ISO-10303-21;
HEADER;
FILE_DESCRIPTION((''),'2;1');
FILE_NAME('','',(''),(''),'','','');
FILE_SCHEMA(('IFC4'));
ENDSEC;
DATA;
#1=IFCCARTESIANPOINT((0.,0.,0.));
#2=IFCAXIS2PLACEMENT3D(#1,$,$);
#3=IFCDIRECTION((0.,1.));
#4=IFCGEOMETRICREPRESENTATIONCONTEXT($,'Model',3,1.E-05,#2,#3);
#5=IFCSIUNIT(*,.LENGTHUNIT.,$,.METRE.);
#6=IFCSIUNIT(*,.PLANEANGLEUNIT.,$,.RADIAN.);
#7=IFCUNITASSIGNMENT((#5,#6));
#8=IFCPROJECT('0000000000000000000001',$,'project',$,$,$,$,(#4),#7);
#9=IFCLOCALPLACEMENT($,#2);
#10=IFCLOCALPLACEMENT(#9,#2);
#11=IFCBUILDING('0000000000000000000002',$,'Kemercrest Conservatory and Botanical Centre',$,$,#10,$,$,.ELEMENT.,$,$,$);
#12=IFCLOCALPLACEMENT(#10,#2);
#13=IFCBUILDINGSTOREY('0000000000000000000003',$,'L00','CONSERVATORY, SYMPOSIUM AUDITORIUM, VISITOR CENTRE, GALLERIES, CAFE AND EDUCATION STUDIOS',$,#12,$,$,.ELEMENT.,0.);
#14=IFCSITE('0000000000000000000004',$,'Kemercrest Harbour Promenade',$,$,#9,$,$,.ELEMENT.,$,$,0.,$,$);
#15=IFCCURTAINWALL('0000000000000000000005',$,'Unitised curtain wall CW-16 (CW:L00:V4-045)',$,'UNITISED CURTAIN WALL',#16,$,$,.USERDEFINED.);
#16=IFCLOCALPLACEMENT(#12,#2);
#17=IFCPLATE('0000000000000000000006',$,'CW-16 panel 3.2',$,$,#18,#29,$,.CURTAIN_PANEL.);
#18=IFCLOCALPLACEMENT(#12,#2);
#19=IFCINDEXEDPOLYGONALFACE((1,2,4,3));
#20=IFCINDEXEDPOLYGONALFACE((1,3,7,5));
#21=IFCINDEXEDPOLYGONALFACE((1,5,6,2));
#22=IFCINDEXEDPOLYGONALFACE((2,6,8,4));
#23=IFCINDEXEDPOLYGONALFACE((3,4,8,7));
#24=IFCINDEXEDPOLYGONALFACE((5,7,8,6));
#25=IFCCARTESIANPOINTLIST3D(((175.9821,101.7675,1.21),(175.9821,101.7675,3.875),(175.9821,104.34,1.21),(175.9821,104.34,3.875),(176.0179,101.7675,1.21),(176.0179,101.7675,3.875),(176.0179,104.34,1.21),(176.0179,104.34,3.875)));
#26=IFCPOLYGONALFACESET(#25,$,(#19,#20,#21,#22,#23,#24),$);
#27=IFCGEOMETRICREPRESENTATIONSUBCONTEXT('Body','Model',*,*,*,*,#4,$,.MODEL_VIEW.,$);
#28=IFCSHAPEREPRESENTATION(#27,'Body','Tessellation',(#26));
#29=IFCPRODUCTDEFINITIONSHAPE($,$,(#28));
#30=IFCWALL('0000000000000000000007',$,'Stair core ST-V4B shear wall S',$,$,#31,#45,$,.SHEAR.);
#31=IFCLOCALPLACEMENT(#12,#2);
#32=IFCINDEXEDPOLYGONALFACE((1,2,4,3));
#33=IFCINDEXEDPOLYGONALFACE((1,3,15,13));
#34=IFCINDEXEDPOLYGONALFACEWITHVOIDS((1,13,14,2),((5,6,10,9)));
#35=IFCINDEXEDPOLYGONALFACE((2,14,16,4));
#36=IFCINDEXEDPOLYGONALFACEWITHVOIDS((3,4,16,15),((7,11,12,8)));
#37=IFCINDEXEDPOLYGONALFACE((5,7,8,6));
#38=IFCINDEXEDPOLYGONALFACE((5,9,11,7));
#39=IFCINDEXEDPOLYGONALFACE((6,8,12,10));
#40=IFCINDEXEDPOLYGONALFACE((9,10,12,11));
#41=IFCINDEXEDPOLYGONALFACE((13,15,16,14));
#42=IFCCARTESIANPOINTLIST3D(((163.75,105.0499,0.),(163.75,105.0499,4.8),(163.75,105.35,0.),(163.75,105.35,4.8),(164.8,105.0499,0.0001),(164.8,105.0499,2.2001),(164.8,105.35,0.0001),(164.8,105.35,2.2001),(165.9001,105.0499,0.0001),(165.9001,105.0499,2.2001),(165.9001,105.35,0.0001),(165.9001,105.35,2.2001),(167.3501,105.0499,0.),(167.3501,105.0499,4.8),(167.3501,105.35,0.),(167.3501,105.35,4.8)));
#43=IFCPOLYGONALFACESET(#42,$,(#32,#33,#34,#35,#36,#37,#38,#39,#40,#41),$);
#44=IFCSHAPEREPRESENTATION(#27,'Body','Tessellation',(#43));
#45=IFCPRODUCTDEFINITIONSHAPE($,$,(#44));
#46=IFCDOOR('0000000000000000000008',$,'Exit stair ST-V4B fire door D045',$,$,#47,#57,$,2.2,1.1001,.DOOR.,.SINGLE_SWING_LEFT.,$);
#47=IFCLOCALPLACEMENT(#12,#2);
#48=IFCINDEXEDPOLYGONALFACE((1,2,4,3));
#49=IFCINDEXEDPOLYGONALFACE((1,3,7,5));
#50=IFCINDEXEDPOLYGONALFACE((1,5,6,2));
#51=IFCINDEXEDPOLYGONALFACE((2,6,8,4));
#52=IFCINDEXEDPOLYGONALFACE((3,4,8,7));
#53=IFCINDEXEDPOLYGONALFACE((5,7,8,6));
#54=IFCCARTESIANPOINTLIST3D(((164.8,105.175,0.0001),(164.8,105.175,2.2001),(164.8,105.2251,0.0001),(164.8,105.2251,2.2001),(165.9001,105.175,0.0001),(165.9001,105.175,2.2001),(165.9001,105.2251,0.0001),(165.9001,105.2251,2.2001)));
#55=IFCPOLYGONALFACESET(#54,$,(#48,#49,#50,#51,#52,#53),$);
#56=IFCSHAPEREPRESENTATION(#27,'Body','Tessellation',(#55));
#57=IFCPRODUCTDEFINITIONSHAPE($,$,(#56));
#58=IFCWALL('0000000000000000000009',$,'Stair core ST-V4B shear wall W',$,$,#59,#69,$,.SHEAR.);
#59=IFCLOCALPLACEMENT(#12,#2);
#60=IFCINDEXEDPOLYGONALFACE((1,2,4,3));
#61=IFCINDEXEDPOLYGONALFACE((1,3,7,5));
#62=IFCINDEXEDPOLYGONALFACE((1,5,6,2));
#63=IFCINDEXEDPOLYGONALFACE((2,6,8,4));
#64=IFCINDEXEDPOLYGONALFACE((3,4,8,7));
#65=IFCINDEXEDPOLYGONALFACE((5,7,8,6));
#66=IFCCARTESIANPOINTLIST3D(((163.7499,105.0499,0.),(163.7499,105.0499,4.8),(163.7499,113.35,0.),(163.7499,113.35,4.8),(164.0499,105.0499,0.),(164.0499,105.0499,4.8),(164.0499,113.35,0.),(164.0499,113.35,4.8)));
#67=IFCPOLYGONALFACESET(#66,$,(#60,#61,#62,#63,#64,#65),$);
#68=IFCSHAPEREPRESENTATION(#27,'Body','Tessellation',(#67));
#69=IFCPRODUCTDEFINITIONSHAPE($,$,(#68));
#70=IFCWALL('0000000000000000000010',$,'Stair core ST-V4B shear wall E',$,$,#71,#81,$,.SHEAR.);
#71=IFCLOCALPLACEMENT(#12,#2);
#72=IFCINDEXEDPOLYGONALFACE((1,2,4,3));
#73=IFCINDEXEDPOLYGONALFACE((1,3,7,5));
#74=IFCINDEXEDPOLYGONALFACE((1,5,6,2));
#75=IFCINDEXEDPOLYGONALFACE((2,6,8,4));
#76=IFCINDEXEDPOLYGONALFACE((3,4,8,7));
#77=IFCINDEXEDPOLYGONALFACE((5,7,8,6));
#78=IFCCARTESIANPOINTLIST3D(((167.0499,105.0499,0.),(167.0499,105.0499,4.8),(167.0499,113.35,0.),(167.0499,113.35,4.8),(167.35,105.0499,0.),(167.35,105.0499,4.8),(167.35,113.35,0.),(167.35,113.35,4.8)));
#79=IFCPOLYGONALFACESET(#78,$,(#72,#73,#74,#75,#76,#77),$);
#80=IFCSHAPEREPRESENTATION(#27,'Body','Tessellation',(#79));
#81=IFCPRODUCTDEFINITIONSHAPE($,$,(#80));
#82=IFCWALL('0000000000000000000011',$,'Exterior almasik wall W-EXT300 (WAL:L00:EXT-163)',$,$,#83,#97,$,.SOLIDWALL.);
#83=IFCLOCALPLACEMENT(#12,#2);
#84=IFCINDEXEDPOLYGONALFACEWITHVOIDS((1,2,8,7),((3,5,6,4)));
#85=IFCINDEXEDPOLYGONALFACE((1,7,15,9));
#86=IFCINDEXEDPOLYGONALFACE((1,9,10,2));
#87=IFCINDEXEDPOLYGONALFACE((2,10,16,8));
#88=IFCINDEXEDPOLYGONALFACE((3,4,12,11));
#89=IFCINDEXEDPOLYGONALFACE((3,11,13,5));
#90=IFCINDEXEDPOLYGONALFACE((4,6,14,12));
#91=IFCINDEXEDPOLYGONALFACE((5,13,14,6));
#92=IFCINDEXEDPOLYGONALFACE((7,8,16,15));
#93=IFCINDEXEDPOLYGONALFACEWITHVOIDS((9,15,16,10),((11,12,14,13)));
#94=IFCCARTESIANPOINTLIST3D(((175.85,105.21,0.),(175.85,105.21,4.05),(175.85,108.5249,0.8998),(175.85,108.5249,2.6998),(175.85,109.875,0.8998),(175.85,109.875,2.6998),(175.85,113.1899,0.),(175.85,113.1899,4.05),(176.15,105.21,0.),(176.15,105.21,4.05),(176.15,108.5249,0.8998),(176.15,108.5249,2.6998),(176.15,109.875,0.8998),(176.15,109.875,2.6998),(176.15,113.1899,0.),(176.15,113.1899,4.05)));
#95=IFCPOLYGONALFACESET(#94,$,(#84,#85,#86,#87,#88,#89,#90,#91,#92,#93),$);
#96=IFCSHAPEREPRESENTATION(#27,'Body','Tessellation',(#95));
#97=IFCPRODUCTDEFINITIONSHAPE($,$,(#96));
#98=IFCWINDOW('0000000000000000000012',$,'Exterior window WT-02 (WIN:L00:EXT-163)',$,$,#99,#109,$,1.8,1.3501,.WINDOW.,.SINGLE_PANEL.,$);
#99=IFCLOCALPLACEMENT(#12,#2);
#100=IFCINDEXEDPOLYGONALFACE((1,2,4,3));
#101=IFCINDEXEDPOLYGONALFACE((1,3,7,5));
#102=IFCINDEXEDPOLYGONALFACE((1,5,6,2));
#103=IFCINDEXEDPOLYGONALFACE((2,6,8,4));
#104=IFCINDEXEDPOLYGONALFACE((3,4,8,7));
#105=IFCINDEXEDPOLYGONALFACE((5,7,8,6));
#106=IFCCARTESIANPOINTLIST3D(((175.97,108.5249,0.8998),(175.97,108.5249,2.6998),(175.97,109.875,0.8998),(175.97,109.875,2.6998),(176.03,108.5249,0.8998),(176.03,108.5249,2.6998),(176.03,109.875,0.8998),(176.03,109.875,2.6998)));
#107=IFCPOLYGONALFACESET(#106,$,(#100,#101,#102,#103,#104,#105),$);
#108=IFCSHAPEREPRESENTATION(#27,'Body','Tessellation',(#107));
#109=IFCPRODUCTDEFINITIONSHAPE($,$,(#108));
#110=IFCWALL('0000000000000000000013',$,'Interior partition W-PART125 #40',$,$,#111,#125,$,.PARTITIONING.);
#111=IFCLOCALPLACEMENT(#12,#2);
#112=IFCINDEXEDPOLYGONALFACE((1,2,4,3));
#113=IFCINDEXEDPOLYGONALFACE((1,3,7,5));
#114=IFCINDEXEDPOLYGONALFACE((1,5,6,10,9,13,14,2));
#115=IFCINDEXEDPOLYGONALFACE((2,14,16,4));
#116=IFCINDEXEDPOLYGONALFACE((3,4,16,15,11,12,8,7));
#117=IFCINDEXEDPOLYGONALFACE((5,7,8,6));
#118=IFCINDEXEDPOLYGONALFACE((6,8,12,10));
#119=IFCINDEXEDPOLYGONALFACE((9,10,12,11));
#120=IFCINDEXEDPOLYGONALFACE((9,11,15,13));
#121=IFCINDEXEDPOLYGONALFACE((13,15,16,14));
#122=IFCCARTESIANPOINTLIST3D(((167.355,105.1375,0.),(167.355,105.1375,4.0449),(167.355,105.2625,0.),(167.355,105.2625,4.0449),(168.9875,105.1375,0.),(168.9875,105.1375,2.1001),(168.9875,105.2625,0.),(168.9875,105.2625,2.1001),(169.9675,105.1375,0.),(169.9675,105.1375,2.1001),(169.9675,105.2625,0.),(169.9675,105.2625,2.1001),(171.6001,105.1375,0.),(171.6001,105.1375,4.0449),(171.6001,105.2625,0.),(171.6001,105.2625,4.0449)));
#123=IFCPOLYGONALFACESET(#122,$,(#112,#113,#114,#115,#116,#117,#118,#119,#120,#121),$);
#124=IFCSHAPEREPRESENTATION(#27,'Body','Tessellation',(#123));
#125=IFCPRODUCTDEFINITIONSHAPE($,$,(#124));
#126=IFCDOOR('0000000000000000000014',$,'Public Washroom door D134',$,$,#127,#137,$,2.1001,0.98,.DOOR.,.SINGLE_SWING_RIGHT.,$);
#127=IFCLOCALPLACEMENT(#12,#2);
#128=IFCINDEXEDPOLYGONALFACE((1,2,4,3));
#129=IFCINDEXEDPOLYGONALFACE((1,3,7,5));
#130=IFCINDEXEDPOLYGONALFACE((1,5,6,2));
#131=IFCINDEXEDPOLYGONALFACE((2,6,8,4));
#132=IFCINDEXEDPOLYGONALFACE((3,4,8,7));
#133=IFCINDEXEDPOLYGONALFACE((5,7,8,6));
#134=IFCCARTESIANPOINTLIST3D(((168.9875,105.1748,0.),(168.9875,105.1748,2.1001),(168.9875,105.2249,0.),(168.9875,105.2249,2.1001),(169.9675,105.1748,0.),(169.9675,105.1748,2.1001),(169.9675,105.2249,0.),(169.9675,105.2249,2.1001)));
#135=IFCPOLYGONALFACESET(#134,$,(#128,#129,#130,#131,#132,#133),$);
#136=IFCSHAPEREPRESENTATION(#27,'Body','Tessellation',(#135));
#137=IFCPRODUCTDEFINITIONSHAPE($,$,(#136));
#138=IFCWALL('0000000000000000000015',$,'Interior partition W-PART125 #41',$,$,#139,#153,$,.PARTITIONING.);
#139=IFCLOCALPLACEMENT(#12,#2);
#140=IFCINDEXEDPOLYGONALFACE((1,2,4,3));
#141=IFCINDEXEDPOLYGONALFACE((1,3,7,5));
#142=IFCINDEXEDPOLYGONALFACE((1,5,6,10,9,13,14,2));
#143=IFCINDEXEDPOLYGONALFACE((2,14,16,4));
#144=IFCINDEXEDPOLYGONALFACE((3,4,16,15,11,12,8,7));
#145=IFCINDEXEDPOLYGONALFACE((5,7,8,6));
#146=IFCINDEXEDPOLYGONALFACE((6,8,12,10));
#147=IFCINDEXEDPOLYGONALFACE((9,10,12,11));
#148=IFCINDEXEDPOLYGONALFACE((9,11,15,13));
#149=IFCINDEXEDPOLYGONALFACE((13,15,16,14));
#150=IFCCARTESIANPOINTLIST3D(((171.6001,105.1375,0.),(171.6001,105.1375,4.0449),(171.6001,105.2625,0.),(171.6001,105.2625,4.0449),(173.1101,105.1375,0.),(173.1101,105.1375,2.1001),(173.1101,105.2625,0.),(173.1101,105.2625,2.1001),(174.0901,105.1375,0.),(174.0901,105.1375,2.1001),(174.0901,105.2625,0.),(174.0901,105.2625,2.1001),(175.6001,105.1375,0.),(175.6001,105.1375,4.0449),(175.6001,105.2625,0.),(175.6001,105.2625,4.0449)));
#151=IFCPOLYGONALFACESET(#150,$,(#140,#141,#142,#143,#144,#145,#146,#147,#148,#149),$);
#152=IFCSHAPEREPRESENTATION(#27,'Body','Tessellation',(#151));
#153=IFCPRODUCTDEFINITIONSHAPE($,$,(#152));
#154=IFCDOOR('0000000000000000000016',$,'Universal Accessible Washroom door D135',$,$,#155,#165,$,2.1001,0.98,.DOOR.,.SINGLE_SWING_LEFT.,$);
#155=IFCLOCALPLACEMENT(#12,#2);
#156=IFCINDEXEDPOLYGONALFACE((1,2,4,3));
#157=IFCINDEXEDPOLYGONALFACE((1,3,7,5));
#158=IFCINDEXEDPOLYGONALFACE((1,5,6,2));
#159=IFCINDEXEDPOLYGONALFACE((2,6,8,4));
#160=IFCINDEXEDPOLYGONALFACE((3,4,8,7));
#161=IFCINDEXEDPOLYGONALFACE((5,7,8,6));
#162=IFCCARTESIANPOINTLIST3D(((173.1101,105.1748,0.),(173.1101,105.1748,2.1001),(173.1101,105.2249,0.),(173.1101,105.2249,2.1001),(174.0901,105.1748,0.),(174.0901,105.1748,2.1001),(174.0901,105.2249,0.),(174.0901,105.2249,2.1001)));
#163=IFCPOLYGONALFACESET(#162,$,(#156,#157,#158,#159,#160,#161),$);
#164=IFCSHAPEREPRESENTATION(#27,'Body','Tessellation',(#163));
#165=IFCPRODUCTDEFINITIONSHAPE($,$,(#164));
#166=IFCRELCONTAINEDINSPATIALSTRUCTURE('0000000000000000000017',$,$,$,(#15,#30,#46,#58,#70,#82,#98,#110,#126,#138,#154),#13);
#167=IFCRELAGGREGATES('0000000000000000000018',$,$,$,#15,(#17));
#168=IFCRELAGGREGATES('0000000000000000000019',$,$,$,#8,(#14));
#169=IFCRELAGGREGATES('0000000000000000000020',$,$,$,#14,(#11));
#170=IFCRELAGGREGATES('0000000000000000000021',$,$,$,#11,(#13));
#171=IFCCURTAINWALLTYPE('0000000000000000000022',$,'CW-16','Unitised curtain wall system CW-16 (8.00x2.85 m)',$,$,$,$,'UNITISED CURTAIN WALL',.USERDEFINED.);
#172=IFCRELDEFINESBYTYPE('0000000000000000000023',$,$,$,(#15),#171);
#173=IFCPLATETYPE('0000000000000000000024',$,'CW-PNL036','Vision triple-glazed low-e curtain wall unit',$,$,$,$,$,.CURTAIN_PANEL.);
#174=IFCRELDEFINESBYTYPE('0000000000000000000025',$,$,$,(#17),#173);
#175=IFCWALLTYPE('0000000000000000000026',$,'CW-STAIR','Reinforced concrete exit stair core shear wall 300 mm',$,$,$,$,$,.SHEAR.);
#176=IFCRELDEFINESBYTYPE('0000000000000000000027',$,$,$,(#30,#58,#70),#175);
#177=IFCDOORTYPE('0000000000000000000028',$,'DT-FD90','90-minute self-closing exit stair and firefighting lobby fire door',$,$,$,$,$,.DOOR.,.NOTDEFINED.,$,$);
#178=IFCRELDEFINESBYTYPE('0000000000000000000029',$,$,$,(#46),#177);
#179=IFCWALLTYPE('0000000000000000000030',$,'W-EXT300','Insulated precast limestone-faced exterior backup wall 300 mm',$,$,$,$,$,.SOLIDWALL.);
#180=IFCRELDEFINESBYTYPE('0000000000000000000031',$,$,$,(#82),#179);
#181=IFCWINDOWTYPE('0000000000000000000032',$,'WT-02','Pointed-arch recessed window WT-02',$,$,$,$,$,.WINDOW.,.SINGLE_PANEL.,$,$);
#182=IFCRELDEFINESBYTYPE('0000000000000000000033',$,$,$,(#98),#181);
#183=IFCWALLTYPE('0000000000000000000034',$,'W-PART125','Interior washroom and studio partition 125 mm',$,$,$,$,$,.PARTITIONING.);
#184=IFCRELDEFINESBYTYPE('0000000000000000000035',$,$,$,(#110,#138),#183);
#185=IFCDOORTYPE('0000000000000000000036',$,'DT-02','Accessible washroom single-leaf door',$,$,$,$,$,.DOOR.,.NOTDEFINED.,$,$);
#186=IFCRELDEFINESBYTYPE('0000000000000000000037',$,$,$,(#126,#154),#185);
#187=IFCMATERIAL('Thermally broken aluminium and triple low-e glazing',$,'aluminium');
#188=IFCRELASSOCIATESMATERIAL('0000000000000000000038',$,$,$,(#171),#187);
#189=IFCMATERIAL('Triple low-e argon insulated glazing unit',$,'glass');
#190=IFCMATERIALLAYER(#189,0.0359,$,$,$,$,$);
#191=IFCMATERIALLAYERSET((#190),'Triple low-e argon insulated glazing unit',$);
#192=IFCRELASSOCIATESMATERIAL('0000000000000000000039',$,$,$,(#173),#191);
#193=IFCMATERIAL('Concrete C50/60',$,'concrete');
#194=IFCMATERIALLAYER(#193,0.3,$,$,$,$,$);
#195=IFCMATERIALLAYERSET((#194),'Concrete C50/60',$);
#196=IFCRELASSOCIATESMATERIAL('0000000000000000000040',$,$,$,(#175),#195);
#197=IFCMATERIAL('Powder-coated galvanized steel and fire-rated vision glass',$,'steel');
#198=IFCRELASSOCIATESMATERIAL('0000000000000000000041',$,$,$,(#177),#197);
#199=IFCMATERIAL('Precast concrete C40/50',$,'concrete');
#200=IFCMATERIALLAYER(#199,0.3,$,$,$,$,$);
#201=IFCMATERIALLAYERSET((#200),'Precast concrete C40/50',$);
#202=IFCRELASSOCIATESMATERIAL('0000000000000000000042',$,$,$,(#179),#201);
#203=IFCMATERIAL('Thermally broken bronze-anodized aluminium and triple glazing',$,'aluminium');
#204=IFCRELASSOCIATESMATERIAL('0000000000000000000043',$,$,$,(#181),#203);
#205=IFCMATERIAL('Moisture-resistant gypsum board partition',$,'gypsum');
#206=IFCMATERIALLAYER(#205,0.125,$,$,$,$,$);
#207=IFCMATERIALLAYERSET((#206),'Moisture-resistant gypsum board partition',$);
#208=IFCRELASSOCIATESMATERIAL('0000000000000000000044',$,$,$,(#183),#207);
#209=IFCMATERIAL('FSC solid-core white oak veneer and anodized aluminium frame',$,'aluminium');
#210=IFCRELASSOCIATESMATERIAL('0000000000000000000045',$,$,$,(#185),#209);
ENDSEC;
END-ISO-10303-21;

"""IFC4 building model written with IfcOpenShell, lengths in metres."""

from ifc_helpers import new_model, si_unit, direction, frame, frame_2d, origin, origin_2d, place, context, subcontext, project, spatial, rectangle, extrude, material, layer, layer_set, type_object, element, fill, aggregate, save


model = new_model("IFC4")

# Units and contexts
model_context = context("Model", 3, precision=1e-05, world=origin(), true_north=direction((0.0, 1.0)))
body_context = subcontext(model_context, "Body", "Model", "MODEL_VIEW")
ifc_project = project(units=[si_unit("LENGTHUNIT", "METRE"), si_unit("PLANEANGLEUNIT", "RADIAN")], contexts=[model_context])

# Site, building, storey
site_placement = place(None, origin())
site = spatial("IfcSite", under=ifc_project, at=site_placement, Name="Kemercrest Harbour Promenade", CompositionType="ELEMENT", RefElevation=0.0)
building_placement = place(site_placement, origin())
building = spatial("IfcBuilding", under=site, at=building_placement, Name="Kemercrest Conservatory and Botanical Centre", CompositionType="ELEMENT")
storey_placement = place(building_placement, origin())
storey = spatial("IfcBuildingStorey", under=building, at=storey_placement, Name="L00", Description="CONSERVATORY, SYMPOSIUM AUDITORIUM, VISITOR CENTRE, GALLERIES, CAFE AND EDUCATION STUDIOS", CompositionType="ELEMENT", Elevation=0.0)

# Shared definitions
ifc_material_1 = material(Name="Concrete C50/60", Category="concrete")

# Curtain wall
ifc_material_2 = material(Name="Thermally broken aluminium and triple low-e glazing", Category="aluminium")
curtain_wall_type = type_object("IfcCurtainWallType", Name="CW-16", Description="Unitised curtain wall system CW-16 (8.00x2.85 m)", ElementType="UNITISED CURTAIN WALL", PredefinedType="USERDEFINED", material=ifc_material_2)
curtain_wall_placement = place(storey_placement, origin())
curtain_wall = element("IfcCurtainWall", 1, at=curtain_wall_placement, inside=storey, type_object=curtain_wall_type, Name="Unitised curtain wall CW-16 (CW:L00:V4-045)", ObjectType="UNITISED CURTAIN WALL", PredefinedType="USERDEFINED")

# Shared definitions
ifc_material_3 = material(Name="Precast concrete C40/50", Category="concrete")

# Plate
ifc_material_4 = material(Name="Triple low-e argon insulated glazing unit", Category="glass")
ifc_layer_1 = layer(ifc_material_4, 0.0359)
ifc_layer_set_1 = layer_set([ifc_layer_1], Name="Triple low-e argon insulated glazing unit")
plate_type = type_object("IfcPlateType", Name="CW-PNL036", Description="Vision triple-glazed low-e curtain wall unit", PredefinedType="CURTAIN_PANEL", material=ifc_layer_set_1)
plate_1_placement = place(storey_placement, frame((176.0, 103.0537, 1.21), z_axis=(0.0, 0.0, 1.0), x_axis=(0.0, 1.0, 0.0)))
plate_1 = element("IfcPlate", 2, at=plate_1_placement, type_object=plate_type, Name="CW-16 panel 3.2", PredefinedType="CURTAIN_PANEL", context=body_context, shape_type="SweptSolid", body=[
    extrude(rectangle(XDim=2.5725, YDim=0.0359, at=origin_2d()), origin(), (0.0, 0.0, 1.0), 2.665),
])
aggregate(curtain_wall, [plate_1])

# Wall, opening, door
ifc_layer_2 = layer(ifc_material_1, 0.3)
ifc_layer_set_2 = layer_set([ifc_layer_2], Name="Concrete C50/60")
wall_type_1 = type_object("IfcWallType", Name="CW-STAIR", Description="Reinforced concrete exit stair core shear wall 300 mm", PredefinedType="SHEAR", material=ifc_layer_set_2)
wall_1_placement = place(storey_placement, frame((163.75, 105.2, 0.0), z_axis=(0.0, 0.0, 1.0), x_axis=(1.0, 0.0, 0.0)))
wall_1 = element("IfcWall", 3, at=wall_1_placement, inside=storey, type_object=wall_type_1, Name="Stair core ST-V4B shear wall S", PredefinedType="SHEAR", context=body_context, shape_type="SweptSolid", body=[
    extrude(rectangle(XDim=3.6001, YDim=0.3, at=frame_2d((1.8, 0.0))), origin(), (0.0, 0.0, 1.0), 4.8),
])
opening_1_placement = place(wall_1_placement, frame((1.05, 0.0, 0.0)))
opening_1 = element("IfcOpeningElement", 4, at=opening_1_placement, cuts=wall_1, PredefinedType="OPENING", context=body_context, shape_type="SweptSolid", body=[
    extrude(rectangle(XDim=1.1001, YDim=2.2, at=frame_2d((0.55, 1.1001))), frame((0.0, 0.1602, 0.0), z_axis=(0.0, -1.0, 0.0), x_axis=(1.0, 0.0, 0.0)), (0.0, 0.0, 1.0), 0.3201),
])
ifc_material_5 = material(Name="Powder-coated galvanized steel and fire-rated vision glass", Category="steel")
door_type_1 = type_object("IfcDoorType", Name="DT-FD90", Description="90-minute self-closing exit stair and firefighting lobby fire door", OperationType="NOTDEFINED", PredefinedType="DOOR", material=ifc_material_5)
door_1_placement = place(opening_1_placement, frame((1.1001, 0.0, 0.0), z_axis=(0.0, 0.0, 1.0), x_axis=(-1.0, 0.0, 0.0)))
door_1 = element("IfcDoor", 5, at=door_1_placement, inside=storey, type_object=door_type_1, Name="Exit stair ST-V4B fire door D045", OperationType="SINGLE_SWING_LEFT", OverallHeight=2.2, OverallWidth=1.1001, PredefinedType="DOOR", context=body_context, shape_type="SweptSolid", body=[
    extrude(rectangle(XDim=1.1001, YDim=2.2, at=frame_2d((0.55, 1.1001))), frame((0.0, 0.0249, 0.0), z_axis=(0.0, -1.0, 0.0), x_axis=(1.0, 0.0, 0.0)), (0.0, 0.0, 1.0), 0.05),
])
fill(opening_1, door_1)

# Walls
for number, where, z_axis, x_axis, name in (
    (6, (163.8999, 105.05, 0.0), (0.0, 0.0, 1.0), (0.0, 1.0, 0.0), "Stair core ST-V4B shear wall W"),
    (7, (167.2, 105.05, 0.0), (0.0, 0.0, 1.0), (0.0, 1.0, 0.0), "Stair core ST-V4B shear wall E"),
):
    element("IfcWall", number, at=place(storey_placement, frame(where, z_axis=z_axis, x_axis=x_axis)), inside=storey, type_object=wall_type_1, Name=name, PredefinedType="SHEAR", context=body_context, shape_type="SweptSolid", body=[
        extrude(rectangle(XDim=8.3, YDim=0.3, at=frame_2d((4.1499, 0.0))), origin(), (0.0, 0.0, 1.0), 4.8),
    ])

# Wall, opening, window
ifc_layer_3 = layer(ifc_material_3, 0.3)
ifc_layer_set_3 = layer_set([ifc_layer_3], Name="Precast concrete C40/50")
wall_type_2 = type_object("IfcWallType", Name="W-EXT300", Description="Insulated precast limestone-faced exterior backup wall 300 mm", PredefinedType="SOLIDWALL", material=ifc_layer_set_3)
wall_2_placement = place(storey_placement, frame((176.0, 105.21, 0.0), z_axis=(0.0, 0.0, 1.0), x_axis=(0.0, 1.0, 0.0)))
wall_2 = element("IfcWall", 8, at=wall_2_placement, inside=storey, type_object=wall_type_2, Name="Exterior almasik wall W-EXT300 (WAL:L00:EXT-163)", PredefinedType="SOLIDWALL", context=body_context, shape_type="SweptSolid", body=[
    extrude(rectangle(XDim=7.98, YDim=0.3, at=frame_2d((3.99, 0.0))), origin(), (0.0, 0.0, 1.0), 4.05),
])
opening_2_placement = place(wall_2_placement, frame((3.3149, 0.0, 0.8999)))
opening_2 = element("IfcOpeningElement", 9, at=opening_2_placement, cuts=wall_2, PredefinedType="OPENING", context=body_context, shape_type="SweptSolid", body=[
    extrude(rectangle(XDim=1.3501, YDim=1.8, at=frame_2d((0.675, 0.8999))), frame((0.0, 0.1602, 0.0), z_axis=(0.0, -1.0, 0.0), x_axis=(1.0, 0.0, 0.0)), (0.0, 0.0, 1.0), 0.3201),
])
ifc_material_6 = material(Name="Thermally broken bronze-anodized aluminium and triple glazing", Category="aluminium")
window_type = type_object("IfcWindowType", Name="WT-02", Description="Pointed-arch recessed window WT-02", PartitioningType="SINGLE_PANEL", PredefinedType="WINDOW", material=ifc_material_6)
window_placement = place(opening_2_placement, origin())
window = element("IfcWindow", 10, at=window_placement, inside=storey, type_object=window_type, Name="Exterior window WT-02 (WIN:L00:EXT-163)", OverallHeight=1.8, OverallWidth=1.3501, PartitioningType="SINGLE_PANEL", PredefinedType="WINDOW", context=body_context, shape_type="SweptSolid", body=[
    extrude(rectangle(XDim=1.3501, YDim=1.8, at=frame_2d((0.675, 0.8999))), frame((0.0, 0.03, 0.0), z_axis=(0.0, -1.0, 0.0), x_axis=(1.0, 0.0, 0.0)), (0.0, 0.0, 1.0), 0.0601),
])
fill(opening_2, window)

# Walls, openings, doors
ifc_material_7 = material(Name="Moisture-resistant gypsum board partition", Category="gypsum")
ifc_layer_4 = layer(ifc_material_7, 0.125)
ifc_layer_set_4 = layer_set([ifc_layer_4], Name="Moisture-resistant gypsum board partition")
wall_type_3 = type_object("IfcWallType", Name="W-PART125", Description="Interior washroom and studio partition 125 mm", PredefinedType="PARTITIONING", material=ifc_layer_set_4)
wall_3_placement = place(storey_placement, frame((167.355, 105.2, 0.0), z_axis=(0.0, 0.0, 1.0), x_axis=(1.0, 0.0, 0.0)))
wall_3 = element("IfcWall", 11, at=wall_3_placement, inside=storey, type_object=wall_type_3, Name="Interior partition W-PART125 #40", PredefinedType="PARTITIONING", context=body_context, shape_type="SweptSolid", body=[
    extrude(rectangle(XDim=4.2451, YDim=0.125, at=frame_2d((2.1226, 0.0))), origin(), (0.0, 0.0, 1.0), 4.0449),
])
opening_3_placement = place(wall_3_placement, frame((1.6326, 0.0, 0.0)))
opening_3 = element("IfcOpeningElement", 12, at=opening_3_placement, cuts=wall_3, PredefinedType="OPENING", context=body_context, shape_type="SweptSolid", body=[
    extrude(rectangle(XDim=0.98, YDim=2.1001, at=frame_2d((0.49, 1.05))), frame((0.0, 0.0725, 0.0), z_axis=(0.0, -1.0, 0.0), x_axis=(1.0, 0.0, 0.0)), (0.0, 0.0, 1.0), 0.145),
])
ifc_material_8 = material(Name="FSC solid-core white oak veneer and anodized aluminium frame", Category="aluminium")
door_type_2 = type_object("IfcDoorType", Name="DT-02", Description="Accessible washroom single-leaf door", OperationType="NOTDEFINED", PredefinedType="DOOR", material=ifc_material_8)
door_2_placement = place(opening_3_placement, origin())
door_2 = element("IfcDoor", 13, at=door_2_placement, inside=storey, type_object=door_type_2, Name="Public Washroom door D134", OperationType="SINGLE_SWING_RIGHT", OverallHeight=2.1001, OverallWidth=0.98, PredefinedType="DOOR", context=body_context, shape_type="SweptSolid", body=[
    extrude(rectangle(XDim=0.98, YDim=2.1001, at=frame_2d((0.49, 1.05))), frame((0.0, 0.0249, 0.0), z_axis=(0.0, -1.0, 0.0), x_axis=(1.0, 0.0, 0.0)), (0.0, 0.0, 1.0), 0.05),
])
fill(opening_3, door_2)
wall_4_placement = place(storey_placement, frame((171.6001, 105.2, 0.0), z_axis=(0.0, 0.0, 1.0), x_axis=(1.0, 0.0, 0.0)))
wall_4 = element("IfcWall", 14, at=wall_4_placement, inside=storey, type_object=wall_type_3, Name="Interior partition W-PART125 #41", PredefinedType="PARTITIONING", context=body_context, shape_type="SweptSolid", body=[
    extrude(rectangle(XDim=4.0, YDim=0.125, at=frame_2d((2.0, 0.0))), origin(), (0.0, 0.0, 1.0), 4.0449),
])
opening_4_placement = place(wall_4_placement, frame((1.51, 0.0, 0.0)))
opening_4 = element("IfcOpeningElement", 15, at=opening_4_placement, cuts=wall_4, PredefinedType="OPENING", context=body_context, shape_type="SweptSolid", body=[
    extrude(rectangle(XDim=0.98, YDim=2.1001, at=frame_2d((0.49, 1.05))), frame((0.0, 0.0725, 0.0), z_axis=(0.0, -1.0, 0.0), x_axis=(1.0, 0.0, 0.0)), (0.0, 0.0, 1.0), 0.145),
])
door_3_placement = place(opening_4_placement, origin())
door_3 = element("IfcDoor", 16, at=door_3_placement, inside=storey, type_object=door_type_2, Name="Universal Accessible Washroom door D135", OperationType="SINGLE_SWING_LEFT", OverallHeight=2.1001, OverallWidth=0.98, PredefinedType="DOOR", context=body_context, shape_type="SweptSolid", body=[
    extrude(rectangle(XDim=0.98, YDim=2.1001, at=frame_2d((0.49, 1.05))), frame((0.0, 0.0249, 0.0), z_axis=(0.0, -1.0, 0.0), x_axis=(1.0, 0.0, 0.0)), (0.0, 0.0, 1.0), 0.05),
])
fill(opening_4, door_3)

save(model, "model.ifc")
